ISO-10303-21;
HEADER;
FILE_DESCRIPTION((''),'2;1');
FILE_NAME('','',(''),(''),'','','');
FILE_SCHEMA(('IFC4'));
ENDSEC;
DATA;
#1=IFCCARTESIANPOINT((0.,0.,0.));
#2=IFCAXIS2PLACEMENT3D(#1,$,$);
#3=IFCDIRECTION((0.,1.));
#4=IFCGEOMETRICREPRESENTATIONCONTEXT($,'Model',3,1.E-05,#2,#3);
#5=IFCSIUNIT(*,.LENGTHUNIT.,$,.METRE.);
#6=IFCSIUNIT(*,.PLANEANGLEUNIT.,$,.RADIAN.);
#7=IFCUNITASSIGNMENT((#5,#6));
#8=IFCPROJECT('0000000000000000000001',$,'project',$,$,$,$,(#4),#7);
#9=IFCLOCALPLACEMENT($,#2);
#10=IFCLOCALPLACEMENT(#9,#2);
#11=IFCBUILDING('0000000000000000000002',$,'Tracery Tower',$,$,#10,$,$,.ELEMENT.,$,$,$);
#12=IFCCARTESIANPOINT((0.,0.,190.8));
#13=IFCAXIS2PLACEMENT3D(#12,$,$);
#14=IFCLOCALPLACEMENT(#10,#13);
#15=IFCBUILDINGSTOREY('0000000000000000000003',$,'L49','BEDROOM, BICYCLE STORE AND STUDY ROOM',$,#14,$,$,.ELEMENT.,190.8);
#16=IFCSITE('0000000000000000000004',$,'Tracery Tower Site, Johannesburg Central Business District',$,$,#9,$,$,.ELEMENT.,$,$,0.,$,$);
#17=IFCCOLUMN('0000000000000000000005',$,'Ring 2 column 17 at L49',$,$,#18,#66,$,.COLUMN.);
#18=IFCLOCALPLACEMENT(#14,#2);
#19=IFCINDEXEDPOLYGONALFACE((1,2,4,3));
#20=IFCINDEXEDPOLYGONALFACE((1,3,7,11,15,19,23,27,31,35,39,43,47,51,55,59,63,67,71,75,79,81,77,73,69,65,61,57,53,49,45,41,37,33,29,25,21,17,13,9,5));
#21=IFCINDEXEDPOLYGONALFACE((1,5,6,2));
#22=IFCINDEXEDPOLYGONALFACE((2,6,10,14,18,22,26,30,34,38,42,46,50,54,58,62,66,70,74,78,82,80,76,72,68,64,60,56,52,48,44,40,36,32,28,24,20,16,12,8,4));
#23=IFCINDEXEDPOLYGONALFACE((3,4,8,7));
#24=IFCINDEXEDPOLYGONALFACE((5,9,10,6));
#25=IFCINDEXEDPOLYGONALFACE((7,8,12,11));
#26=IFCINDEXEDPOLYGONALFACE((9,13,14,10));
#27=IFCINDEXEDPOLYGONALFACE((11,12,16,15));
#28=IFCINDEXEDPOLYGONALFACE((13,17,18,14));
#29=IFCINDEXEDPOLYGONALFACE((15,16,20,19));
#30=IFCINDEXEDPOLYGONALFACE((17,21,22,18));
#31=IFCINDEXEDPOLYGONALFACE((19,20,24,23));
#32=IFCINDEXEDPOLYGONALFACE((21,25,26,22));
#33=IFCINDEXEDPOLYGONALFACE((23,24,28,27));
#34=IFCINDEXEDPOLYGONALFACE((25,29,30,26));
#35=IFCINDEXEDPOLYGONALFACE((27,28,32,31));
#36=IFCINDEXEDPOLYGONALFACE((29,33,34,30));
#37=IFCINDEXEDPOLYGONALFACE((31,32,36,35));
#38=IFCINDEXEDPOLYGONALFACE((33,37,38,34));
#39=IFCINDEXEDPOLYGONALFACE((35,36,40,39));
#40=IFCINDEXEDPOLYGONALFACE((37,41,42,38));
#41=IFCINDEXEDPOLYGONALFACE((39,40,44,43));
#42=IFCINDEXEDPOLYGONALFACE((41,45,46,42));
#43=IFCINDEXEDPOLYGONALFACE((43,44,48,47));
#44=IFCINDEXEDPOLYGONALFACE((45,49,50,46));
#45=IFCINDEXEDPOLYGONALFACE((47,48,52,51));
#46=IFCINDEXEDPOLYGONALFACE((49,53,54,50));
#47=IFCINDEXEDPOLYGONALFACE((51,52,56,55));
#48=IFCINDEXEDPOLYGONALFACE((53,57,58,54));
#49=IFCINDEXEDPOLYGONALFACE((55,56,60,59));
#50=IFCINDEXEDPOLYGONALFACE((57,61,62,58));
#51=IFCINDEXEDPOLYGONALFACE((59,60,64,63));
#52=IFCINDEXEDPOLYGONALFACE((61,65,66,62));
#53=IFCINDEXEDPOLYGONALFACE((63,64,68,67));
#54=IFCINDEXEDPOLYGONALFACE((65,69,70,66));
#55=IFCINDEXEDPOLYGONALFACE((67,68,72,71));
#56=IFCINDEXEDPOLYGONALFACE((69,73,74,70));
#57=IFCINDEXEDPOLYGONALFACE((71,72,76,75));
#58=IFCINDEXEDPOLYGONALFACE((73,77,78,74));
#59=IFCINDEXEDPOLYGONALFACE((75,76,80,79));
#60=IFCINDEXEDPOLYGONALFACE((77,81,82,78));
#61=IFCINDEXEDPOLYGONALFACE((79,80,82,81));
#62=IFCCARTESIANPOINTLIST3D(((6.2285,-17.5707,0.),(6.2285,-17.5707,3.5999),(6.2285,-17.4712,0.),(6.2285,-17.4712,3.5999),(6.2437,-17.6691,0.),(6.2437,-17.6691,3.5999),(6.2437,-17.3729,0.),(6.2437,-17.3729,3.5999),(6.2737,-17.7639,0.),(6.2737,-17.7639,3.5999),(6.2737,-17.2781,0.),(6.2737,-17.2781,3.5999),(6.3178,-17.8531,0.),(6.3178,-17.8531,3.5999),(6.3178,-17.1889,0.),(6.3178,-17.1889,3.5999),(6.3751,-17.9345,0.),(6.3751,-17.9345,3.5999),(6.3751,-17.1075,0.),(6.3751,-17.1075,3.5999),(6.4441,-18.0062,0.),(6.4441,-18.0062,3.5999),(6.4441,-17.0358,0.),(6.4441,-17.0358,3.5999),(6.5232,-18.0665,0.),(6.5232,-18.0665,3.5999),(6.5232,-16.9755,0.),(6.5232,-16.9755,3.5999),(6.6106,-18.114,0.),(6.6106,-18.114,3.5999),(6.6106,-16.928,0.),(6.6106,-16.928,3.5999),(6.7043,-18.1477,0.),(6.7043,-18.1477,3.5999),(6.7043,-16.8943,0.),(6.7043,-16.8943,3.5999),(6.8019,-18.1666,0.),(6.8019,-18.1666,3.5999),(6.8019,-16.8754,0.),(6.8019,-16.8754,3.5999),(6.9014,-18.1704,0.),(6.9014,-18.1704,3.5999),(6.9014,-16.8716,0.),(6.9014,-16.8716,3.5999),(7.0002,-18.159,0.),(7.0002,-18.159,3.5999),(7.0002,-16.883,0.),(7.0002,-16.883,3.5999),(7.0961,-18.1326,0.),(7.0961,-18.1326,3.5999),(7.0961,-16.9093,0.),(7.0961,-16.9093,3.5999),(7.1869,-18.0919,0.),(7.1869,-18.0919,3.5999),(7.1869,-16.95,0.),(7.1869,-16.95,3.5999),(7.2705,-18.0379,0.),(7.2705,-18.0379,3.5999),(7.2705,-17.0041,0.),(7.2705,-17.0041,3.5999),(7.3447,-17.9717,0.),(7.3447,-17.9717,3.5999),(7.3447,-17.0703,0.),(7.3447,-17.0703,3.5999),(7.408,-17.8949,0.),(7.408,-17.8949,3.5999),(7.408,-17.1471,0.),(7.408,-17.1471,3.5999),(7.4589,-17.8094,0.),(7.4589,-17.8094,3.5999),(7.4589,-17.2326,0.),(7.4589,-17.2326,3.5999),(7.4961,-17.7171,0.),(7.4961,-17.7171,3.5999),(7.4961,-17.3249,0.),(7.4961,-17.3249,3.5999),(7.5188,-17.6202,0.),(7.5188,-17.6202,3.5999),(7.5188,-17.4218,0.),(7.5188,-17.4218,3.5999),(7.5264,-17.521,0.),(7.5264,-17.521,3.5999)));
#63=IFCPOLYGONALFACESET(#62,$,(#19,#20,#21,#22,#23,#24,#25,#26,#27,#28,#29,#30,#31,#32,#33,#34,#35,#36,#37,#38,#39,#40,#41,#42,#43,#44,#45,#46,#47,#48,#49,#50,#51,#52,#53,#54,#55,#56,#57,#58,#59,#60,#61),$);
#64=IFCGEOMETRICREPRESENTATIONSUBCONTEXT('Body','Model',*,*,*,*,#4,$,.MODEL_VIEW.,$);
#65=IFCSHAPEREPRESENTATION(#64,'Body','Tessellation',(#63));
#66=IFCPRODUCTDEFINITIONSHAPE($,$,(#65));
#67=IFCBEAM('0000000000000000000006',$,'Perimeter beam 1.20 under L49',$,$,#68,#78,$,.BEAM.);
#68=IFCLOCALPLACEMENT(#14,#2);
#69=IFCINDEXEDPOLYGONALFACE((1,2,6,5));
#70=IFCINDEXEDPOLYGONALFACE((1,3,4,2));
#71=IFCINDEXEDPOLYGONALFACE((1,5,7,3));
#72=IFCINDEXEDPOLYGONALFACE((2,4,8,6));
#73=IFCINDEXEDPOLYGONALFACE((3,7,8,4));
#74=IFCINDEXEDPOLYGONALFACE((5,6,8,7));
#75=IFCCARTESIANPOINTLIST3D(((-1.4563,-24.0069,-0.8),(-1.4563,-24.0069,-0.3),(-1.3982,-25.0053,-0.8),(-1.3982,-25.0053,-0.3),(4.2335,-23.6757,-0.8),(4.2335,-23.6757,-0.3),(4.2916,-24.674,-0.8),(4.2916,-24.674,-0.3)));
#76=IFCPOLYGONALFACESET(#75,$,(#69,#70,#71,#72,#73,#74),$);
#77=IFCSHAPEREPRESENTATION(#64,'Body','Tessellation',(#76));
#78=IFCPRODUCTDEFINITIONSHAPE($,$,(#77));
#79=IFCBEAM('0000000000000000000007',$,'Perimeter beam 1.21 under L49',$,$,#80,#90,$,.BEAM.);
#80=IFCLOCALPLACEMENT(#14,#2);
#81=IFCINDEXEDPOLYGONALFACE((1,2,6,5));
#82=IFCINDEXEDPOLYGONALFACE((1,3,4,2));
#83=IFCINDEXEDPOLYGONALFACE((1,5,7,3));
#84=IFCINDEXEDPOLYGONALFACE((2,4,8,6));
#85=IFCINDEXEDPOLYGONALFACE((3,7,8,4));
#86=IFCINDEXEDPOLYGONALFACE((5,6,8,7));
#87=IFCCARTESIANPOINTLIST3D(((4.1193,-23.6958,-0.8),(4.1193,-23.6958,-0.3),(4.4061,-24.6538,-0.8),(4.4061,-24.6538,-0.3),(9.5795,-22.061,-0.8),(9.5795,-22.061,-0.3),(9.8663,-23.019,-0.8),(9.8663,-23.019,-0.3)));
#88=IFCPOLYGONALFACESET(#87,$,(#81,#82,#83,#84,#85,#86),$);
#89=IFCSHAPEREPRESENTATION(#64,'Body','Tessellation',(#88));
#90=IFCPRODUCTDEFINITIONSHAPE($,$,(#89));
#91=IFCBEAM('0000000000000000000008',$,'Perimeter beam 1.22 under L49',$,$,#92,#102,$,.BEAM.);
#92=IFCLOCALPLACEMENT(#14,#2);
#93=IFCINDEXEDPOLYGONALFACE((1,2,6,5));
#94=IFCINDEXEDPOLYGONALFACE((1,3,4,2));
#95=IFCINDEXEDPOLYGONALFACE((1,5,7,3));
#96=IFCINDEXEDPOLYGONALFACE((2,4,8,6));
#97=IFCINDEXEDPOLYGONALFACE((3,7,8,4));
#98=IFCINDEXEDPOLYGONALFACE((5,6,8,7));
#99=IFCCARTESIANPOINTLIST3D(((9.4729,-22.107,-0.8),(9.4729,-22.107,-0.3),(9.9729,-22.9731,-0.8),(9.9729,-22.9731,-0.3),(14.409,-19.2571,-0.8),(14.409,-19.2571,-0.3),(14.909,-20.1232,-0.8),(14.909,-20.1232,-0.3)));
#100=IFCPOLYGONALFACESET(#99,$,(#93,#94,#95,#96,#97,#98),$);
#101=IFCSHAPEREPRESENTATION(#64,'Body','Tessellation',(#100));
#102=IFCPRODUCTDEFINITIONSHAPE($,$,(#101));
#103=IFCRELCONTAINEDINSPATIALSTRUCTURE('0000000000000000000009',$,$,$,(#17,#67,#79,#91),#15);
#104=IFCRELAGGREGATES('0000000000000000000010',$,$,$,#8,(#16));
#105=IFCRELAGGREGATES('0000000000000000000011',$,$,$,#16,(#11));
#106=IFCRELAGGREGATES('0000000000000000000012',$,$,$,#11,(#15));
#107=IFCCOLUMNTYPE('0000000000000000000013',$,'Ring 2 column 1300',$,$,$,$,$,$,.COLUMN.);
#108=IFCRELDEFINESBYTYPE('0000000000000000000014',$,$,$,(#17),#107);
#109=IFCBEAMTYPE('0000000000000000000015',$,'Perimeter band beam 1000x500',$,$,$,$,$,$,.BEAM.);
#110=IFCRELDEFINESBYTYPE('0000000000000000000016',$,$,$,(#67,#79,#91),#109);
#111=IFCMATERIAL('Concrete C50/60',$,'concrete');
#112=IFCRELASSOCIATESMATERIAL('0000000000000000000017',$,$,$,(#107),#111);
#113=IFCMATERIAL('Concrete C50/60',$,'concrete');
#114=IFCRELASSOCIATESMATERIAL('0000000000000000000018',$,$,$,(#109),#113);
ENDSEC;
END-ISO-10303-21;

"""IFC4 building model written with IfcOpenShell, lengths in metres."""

from ifc_helpers import new_model, si_unit, direction, frame, origin, origin_2d, place, context, subcontext, project, spatial, rectangle, circle, extrude, material, material_profile, profile_set, type_object, element, save


model = new_model("IFC4")

# Units and contexts
model_context = context("Model", 3, precision=1e-05, world=origin(), true_north=direction((0.0, 1.0)))
body_context = subcontext(model_context, "Body", "Model", "MODEL_VIEW")
ifc_project = project(units=[si_unit("LENGTHUNIT", "METRE"), si_unit("PLANEANGLEUNIT", "RADIAN")], contexts=[model_context])

# Site, building, storey
site_placement = place(None, origin())
site = spatial("IfcSite", under=ifc_project, at=site_placement, Name="Tracery Tower Site, Johannesburg Central Business District", CompositionType="ELEMENT", RefElevation=0.0)
building_placement = place(site_placement, origin())
building = spatial("IfcBuilding", under=site, at=building_placement, Name="Tracery Tower", CompositionType="ELEMENT")
storey_placement = place(building_placement, frame((0.0, 0.0, 190.8)))
storey = spatial("IfcBuildingStorey", under=building, at=storey_placement, Name="L49", Description="BEDROOM, BICYCLE STORE AND STUDY ROOM", CompositionType="ELEMENT", Elevation=190.8)

# Column
ifc_material_1 = material(Name="Concrete C50/60", Category="concrete")
ifc_material_profile_1 = material_profile(ifc_material_1, circle(Radius=0.6499, at=origin_2d()), Name="RC D1300")
ifc_profile_set_1 = profile_set([ifc_material_profile_1], Name="Concrete C50/60")
column_type_1 = type_object("IfcColumnType", Name="Ring 2 column 1300", PredefinedType="COLUMN", material=ifc_profile_set_1)
for number, where, z_axis, x_axis, name in (
    (1, (6.8765, -17.521, 0.0), (0.0, 0.0, 1.0), (1.0, 0.0, 0.0), "Ring 2 column 17 at L49"),
):
    element("IfcColumn", number, at=place(storey_placement, frame(where, z_axis=z_axis, x_axis=x_axis)), inside=storey, type_object=column_type_1, Name=name, PredefinedType="COLUMN", context=body_context, shape_type="SweptSolid", body=[
        extrude(circle(Radius=0.6499, at=origin_2d()), origin(), (0.0, 0.0, 1.0), 3.5999),
    ])

# Beams
ifc_material_2 = material(Name="Concrete C50/60", Category="concrete")
ifc_material_profile_2 = material_profile(ifc_material_2, rectangle(XDim=1.0, YDim=0.5, at=origin_2d()), Name="RC 1000x500")
ifc_profile_set_2 = profile_set([ifc_material_profile_2], Name="Concrete C50/60")
beam_type = type_object("IfcBeamType", Name="Perimeter band beam 1000x500", PredefinedType="BEAM", material=ifc_profile_set_2)
beam_placement = place(storey_placement, frame((-1.4272, -24.5061, -0.55), z_axis=(0.998309, 0.058127, 0.0), x_axis=(-0.058127, 0.998309, 0.0)))
element("IfcBeam", 2, at=beam_placement, inside=storey, type_object=beam_type, Name="Perimeter beam 1.20 under L49", PredefinedType="BEAM", context=body_context, shape_type="SweptSolid", body=[
    extrude(rectangle(XDim=1.0, YDim=0.5, at=origin_2d()), origin(), (0.0, 0.0, 1.0), 5.6995),
])
for number, where, z_axis, x_axis, name in (
    (3, (4.2627, -24.1748, -0.55), (0.957985, 0.286817, 0.0), (-0.286817, 0.957985, 0.0), "Perimeter beam 1.21 under L49"),
    (4, (9.7229, -22.54, -0.55), (0.866023, 0.500004, 0.0), (-0.500004, 0.866023, 0.0), "Perimeter beam 1.22 under L49"),
):
    element("IfcBeam", number, at=place(storey_placement, frame(where, z_axis=z_axis, x_axis=x_axis)), inside=storey, type_object=beam_type, Name=name, PredefinedType="BEAM", context=body_context, shape_type="SweptSolid", body=[
        extrude(rectangle(XDim=1.0, YDim=0.5, at=origin_2d()), origin(), (0.0, 0.0, 1.0), 5.6997),
    ])

save(model, "model.ifc")
